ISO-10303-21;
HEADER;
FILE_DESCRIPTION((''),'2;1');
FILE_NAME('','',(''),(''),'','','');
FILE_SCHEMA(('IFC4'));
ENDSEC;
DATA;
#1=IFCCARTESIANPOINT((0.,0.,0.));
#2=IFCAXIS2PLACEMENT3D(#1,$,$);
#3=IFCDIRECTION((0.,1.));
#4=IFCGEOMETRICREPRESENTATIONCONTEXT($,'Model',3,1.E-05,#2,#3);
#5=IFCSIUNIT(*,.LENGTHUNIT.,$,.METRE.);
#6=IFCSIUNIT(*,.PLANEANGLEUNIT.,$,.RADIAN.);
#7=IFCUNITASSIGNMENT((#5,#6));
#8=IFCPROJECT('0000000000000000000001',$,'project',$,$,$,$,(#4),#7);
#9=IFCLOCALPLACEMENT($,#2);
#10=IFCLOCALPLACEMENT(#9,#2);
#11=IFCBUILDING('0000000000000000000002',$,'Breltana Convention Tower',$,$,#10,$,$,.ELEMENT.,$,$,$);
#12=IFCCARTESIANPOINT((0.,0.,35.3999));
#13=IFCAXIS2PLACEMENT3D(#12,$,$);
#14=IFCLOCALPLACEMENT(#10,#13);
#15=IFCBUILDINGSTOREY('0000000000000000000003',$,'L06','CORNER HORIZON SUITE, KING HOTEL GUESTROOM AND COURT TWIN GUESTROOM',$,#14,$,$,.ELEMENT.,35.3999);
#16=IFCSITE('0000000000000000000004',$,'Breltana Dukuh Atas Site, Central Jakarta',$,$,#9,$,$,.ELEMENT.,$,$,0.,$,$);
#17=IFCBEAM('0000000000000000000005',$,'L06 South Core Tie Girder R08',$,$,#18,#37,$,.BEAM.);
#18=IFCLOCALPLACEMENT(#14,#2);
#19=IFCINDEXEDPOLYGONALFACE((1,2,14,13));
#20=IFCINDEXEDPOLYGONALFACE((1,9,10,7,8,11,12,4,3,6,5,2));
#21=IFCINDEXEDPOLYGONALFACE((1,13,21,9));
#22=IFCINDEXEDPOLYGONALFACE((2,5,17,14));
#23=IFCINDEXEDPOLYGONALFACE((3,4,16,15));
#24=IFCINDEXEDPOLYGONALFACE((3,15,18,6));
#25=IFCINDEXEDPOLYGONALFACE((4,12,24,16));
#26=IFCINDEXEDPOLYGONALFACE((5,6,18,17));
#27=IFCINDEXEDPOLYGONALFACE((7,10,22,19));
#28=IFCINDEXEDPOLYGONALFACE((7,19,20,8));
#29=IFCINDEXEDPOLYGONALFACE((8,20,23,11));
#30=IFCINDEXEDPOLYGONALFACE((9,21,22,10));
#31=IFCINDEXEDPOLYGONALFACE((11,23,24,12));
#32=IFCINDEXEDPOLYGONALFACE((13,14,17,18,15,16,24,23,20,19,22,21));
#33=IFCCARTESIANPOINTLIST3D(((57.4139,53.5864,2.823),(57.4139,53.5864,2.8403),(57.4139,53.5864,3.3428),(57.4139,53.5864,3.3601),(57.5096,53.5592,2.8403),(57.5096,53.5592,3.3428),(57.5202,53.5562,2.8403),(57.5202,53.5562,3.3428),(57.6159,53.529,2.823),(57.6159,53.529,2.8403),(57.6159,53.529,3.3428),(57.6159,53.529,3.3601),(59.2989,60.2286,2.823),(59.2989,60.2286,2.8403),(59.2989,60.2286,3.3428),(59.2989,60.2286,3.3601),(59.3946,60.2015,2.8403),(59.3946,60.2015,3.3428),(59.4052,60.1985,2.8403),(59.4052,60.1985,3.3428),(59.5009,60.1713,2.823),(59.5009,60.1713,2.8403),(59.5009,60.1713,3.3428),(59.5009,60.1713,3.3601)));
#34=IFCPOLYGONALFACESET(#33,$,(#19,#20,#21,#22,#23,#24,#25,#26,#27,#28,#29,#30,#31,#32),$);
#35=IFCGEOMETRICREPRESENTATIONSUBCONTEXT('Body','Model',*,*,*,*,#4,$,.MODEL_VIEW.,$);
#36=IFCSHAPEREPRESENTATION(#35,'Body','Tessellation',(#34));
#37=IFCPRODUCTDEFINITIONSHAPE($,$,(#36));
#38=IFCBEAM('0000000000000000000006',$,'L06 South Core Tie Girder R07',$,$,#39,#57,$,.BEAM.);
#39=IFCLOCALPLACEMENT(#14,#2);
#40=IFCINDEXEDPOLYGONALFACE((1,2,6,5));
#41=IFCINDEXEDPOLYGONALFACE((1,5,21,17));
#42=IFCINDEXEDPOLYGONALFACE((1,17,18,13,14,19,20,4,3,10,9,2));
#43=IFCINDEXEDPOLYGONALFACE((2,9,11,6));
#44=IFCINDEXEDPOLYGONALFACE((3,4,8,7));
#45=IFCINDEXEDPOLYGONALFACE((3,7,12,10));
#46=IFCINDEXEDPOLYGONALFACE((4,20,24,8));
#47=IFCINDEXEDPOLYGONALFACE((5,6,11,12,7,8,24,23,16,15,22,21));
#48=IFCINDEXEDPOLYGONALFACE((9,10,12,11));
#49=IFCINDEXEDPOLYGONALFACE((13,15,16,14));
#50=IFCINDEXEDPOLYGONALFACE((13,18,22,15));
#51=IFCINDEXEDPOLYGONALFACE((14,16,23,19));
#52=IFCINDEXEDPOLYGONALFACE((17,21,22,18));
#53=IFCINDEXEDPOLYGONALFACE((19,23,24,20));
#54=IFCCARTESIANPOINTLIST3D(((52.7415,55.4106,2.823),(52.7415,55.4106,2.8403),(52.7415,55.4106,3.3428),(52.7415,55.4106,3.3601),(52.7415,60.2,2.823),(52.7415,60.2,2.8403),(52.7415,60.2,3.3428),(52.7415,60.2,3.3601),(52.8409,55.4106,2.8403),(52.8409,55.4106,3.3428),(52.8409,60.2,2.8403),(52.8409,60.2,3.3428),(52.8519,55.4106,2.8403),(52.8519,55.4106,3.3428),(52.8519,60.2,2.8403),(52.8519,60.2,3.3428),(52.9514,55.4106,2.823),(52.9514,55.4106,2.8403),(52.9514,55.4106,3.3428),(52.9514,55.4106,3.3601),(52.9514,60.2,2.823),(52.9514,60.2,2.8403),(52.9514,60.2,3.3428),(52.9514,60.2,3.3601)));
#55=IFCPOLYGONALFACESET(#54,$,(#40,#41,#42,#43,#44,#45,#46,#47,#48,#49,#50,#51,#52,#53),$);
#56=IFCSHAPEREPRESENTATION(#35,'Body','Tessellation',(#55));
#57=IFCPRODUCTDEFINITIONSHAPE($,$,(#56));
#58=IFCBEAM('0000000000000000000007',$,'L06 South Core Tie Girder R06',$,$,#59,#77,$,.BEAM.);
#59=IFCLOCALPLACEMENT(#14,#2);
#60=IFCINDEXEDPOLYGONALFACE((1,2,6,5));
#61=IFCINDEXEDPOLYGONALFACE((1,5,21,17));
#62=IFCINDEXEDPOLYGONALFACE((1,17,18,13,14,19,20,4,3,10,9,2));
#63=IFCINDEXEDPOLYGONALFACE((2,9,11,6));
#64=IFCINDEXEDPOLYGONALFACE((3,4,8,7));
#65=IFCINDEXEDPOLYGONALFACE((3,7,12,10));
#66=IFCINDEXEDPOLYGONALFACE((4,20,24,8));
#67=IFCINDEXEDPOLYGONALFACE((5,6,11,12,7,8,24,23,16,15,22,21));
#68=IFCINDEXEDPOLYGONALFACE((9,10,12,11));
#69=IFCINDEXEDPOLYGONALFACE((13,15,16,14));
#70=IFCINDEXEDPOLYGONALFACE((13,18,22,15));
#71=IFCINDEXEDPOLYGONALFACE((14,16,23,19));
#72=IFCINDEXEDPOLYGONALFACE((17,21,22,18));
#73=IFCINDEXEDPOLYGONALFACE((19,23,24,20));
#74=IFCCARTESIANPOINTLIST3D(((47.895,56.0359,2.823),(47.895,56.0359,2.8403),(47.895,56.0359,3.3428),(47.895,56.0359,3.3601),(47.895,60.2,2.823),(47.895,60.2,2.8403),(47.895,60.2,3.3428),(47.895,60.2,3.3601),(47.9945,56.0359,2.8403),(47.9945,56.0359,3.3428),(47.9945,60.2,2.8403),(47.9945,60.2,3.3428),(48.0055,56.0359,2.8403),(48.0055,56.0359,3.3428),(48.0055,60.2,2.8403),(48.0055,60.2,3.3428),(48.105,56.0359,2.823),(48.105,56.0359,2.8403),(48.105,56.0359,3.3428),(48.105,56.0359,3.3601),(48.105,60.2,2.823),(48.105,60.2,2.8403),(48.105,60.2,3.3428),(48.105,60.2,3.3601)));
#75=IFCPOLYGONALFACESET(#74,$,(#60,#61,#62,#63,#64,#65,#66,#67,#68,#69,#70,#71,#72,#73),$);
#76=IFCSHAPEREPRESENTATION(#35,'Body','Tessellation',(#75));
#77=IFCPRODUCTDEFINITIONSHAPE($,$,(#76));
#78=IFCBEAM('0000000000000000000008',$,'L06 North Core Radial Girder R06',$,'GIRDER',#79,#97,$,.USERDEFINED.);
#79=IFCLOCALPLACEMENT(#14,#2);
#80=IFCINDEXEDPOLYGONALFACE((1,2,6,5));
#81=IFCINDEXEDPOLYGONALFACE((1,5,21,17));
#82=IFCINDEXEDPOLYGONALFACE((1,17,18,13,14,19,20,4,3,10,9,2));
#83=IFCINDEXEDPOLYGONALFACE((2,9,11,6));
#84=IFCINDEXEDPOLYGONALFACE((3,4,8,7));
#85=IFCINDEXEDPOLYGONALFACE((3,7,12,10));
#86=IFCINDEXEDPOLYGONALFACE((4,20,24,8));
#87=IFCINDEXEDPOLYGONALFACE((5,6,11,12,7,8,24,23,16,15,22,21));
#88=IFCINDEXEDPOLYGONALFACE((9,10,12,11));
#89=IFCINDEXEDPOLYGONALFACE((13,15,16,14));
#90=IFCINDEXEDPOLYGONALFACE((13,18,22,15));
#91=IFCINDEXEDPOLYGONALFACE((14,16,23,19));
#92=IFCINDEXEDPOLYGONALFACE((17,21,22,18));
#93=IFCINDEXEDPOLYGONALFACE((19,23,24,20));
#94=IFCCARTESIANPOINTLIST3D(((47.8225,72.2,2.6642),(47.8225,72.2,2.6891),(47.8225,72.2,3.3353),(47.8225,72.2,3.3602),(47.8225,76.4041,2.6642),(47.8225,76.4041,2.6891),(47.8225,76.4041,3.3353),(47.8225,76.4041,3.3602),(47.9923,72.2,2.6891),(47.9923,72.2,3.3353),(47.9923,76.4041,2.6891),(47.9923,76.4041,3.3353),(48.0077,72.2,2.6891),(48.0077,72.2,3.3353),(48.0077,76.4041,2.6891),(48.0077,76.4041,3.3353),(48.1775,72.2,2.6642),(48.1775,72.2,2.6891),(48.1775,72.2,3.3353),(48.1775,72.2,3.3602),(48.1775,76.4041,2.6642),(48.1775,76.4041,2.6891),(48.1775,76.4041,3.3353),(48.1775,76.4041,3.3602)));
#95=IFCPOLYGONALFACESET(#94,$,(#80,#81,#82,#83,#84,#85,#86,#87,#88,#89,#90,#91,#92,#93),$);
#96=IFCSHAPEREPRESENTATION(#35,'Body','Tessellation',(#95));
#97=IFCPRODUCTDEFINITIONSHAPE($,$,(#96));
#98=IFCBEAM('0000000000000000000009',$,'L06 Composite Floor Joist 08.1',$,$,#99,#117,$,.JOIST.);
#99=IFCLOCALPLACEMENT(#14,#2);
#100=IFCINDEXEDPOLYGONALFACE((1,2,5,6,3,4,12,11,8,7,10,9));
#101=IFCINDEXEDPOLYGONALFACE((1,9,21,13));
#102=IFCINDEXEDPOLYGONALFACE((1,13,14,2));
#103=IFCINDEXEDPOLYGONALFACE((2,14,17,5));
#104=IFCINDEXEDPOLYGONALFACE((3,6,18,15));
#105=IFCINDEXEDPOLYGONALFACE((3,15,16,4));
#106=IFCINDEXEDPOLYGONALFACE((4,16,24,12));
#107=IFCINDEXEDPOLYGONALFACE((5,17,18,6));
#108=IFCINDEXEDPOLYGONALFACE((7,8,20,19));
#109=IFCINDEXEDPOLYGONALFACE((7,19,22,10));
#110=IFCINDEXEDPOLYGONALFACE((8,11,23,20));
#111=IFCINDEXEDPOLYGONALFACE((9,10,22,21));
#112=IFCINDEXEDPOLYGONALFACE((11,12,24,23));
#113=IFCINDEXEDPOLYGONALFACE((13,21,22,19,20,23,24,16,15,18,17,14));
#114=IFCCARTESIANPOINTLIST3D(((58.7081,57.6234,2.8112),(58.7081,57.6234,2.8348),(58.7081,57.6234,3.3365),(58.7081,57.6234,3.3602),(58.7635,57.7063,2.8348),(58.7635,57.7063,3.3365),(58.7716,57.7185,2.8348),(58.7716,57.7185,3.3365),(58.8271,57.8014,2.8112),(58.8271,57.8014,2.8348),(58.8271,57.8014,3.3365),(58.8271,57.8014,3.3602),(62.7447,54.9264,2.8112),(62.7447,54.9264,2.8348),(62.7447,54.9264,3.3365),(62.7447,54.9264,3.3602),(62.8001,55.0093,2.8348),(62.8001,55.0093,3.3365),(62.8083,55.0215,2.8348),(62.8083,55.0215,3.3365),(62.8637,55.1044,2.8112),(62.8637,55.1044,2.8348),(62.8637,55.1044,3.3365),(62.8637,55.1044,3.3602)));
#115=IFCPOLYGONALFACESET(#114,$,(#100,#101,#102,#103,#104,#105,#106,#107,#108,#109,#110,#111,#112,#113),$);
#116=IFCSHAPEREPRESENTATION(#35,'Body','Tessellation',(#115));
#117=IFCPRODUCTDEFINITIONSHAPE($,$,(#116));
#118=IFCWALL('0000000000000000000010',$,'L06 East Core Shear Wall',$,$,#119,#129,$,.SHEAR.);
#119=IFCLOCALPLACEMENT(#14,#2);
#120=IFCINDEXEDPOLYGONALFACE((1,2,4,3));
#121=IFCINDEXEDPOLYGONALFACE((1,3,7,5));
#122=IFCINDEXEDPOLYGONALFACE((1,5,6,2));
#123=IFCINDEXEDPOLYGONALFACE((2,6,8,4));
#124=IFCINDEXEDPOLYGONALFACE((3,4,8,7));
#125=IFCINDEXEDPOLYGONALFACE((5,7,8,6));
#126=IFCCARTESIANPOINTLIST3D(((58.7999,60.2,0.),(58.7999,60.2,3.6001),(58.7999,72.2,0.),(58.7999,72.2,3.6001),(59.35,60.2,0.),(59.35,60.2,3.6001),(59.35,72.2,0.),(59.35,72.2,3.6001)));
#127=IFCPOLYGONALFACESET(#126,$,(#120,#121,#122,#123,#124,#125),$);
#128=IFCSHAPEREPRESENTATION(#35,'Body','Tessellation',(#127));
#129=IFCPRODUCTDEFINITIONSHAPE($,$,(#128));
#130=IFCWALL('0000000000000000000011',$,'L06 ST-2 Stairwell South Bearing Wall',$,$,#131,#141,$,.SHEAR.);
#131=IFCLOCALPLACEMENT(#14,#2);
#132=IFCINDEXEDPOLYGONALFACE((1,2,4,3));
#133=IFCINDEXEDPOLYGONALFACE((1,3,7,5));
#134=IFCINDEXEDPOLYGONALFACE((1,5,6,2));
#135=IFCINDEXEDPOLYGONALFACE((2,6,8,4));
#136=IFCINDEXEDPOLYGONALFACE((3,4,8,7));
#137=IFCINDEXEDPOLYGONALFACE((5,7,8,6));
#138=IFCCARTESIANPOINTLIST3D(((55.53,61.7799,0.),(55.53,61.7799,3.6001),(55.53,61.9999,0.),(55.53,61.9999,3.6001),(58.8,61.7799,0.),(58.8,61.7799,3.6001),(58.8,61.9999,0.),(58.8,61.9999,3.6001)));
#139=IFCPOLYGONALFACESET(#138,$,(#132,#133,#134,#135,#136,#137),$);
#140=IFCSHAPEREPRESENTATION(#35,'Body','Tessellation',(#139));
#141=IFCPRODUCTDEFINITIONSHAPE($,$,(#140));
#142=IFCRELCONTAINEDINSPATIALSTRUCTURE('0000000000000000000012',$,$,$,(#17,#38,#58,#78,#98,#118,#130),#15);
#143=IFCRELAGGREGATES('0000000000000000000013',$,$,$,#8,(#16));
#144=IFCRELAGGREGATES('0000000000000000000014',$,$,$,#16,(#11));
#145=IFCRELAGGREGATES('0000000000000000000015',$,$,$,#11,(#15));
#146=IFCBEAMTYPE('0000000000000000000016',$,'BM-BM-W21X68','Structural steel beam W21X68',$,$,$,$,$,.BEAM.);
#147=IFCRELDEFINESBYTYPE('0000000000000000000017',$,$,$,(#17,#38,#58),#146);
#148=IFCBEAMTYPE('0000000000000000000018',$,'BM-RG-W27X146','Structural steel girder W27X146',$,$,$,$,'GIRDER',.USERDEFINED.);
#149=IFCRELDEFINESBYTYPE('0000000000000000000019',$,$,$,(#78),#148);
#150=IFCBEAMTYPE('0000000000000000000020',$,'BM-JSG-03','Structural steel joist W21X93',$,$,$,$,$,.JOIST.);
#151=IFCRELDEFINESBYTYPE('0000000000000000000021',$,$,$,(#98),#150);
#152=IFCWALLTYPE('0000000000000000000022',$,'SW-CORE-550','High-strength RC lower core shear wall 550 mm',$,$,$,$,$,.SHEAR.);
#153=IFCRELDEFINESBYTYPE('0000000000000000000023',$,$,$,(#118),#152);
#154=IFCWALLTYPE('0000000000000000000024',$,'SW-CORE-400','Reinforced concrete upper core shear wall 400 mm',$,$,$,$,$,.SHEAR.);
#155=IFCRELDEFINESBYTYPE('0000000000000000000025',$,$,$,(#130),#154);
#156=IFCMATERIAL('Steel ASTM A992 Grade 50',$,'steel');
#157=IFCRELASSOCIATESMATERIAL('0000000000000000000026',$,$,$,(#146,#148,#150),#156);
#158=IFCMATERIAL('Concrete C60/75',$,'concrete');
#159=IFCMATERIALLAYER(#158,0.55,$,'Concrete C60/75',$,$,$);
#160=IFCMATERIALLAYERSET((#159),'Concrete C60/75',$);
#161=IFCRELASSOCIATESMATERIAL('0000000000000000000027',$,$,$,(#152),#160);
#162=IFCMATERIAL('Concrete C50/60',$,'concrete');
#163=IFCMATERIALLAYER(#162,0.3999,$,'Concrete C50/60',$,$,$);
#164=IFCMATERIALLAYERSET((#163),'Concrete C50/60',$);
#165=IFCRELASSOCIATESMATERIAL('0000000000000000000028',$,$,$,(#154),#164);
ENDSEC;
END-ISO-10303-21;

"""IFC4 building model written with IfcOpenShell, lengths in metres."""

from ifc_helpers import new_model, si_unit, direction, frame, frame_2d, origin, origin_2d, place, context, subcontext, project, spatial, rectangle, i_section, extrude, source, transform, mapped, material, layer, layer_set, material_profile, profile_set, type_object, type_shapes, element, save


model = new_model("IFC4")

# Units and contexts
model_context = context("Model", 3, precision=1e-05, world=origin(), true_north=direction((0.0, 1.0)))
body_context = subcontext(model_context, "Body", "Model", "MODEL_VIEW")
ifc_project = project(units=[si_unit("LENGTHUNIT", "METRE"), si_unit("PLANEANGLEUNIT", "RADIAN")], contexts=[model_context])

# Site, building, storey
site_placement = place(None, origin())
site = spatial("IfcSite", under=ifc_project, at=site_placement, Name="Breltana Dukuh Atas Site, Central Jakarta", CompositionType="ELEMENT", RefElevation=0.0)
building_placement = place(site_placement, origin())
building = spatial("IfcBuilding", under=site, at=building_placement, Name="Breltana Convention Tower", CompositionType="ELEMENT")
storey_placement = place(building_placement, frame((0.0, 0.0, 35.3999)))
storey = spatial("IfcBuildingStorey", under=building, at=storey_placement, Name="L06", Description="CORNER HORIZON SUITE, KING HOTEL GUESTROOM AND COURT TWIN GUESTROOM", CompositionType="ELEMENT", Elevation=35.3999)

# Beams
ifc_material_1 = material(Name="Steel ASTM A992 Grade 50", Category="steel")
ifc_material_profile_1 = material_profile(ifc_material_1, i_section(OverallWidth=0.21, OverallDepth=0.5371, WebThickness=0.011, FlangeThickness=0.0173, at=origin_2d()), Name="W21X68")
ifc_profile_set_1 = profile_set([ifc_material_profile_1], Name="Steel ASTM A992 Grade 50")
beam_type_1 = type_object("IfcBeamType", Name="BM-BM-W21X68", Description="Structural steel beam W21X68", PredefinedType="BEAM", material=ifc_profile_set_1)
shared_shape_1 = source(origin(), body_context, "Body", "SweptSolid", [
    extrude(i_section(OverallWidth=0.21, OverallDepth=0.5371, WebThickness=0.011, FlangeThickness=0.0173, at=origin_2d()), origin(), (0.0, 0.0, 1.0), 6.9045),
])
type_shapes(beam_type_1, [shared_shape_1])
beam_1_placement = place(storey_placement, frame((59.3999, 60.2, 3.0916), z_axis=(-0.273007, -0.962012, 0.0), x_axis=(0.962012, -0.273007, 0.0)))
element("IfcBeam", 1, at=beam_1_placement, inside=storey, type_object=beam_type_1, Name="L06 South Core Tie Girder R08", PredefinedType="BEAM", context=body_context, shape_type="MappedRepresentation", body=[
    mapped(shared_shape_1, transform((0.0, 0.0, 0.0), scale=1.0)),
])
shared_shape_2 = source(origin(), body_context, "Body", "SweptSolid", [
    extrude(i_section(OverallWidth=0.21, OverallDepth=0.5371, WebThickness=0.011, FlangeThickness=0.0173, at=origin_2d()), origin(), (0.0, 0.0, 1.0), 4.7893),
])
beam_2_placement = place(storey_placement, frame((52.8464, 60.2, 3.0916), z_axis=(0.0, -1.0, 0.0), x_axis=(1.0, 0.0, 0.0)))
element("IfcBeam", 2, at=beam_2_placement, inside=storey, type_object=beam_type_1, Name="L06 South Core Tie Girder R07", PredefinedType="BEAM", context=body_context, shape_type="MappedRepresentation", body=[
    mapped(shared_shape_2, transform((0.0, 0.0, 0.0), scale=1.0)),
])
shared_shape_3 = source(origin(), body_context, "Body", "SweptSolid", [
    extrude(i_section(OverallWidth=0.21, OverallDepth=0.5371, WebThickness=0.011, FlangeThickness=0.0173, at=origin_2d()), origin(), (0.0, 0.0, 1.0), 4.1641),
])
beam_3_placement = place(storey_placement, frame((48.0, 60.2, 3.0916), z_axis=(0.0, -1.0, 0.0), x_axis=(1.0, 0.0, 0.0)))
element("IfcBeam", 3, at=beam_3_placement, inside=storey, type_object=beam_type_1, Name="L06 South Core Tie Girder R06", PredefinedType="BEAM", context=body_context, shape_type="MappedRepresentation", body=[
    mapped(shared_shape_3, transform((0.0, 0.0, 0.0), scale=1.0)),
])
ifc_material_profile_2 = material_profile(ifc_material_1, i_section(OverallWidth=0.355, OverallDepth=0.696, WebThickness=0.0154, FlangeThickness=0.0249, at=origin_2d()), Name="W27X146")
ifc_profile_set_2 = profile_set([ifc_material_profile_2], Name="Steel ASTM A992 Grade 50")
beam_type_2 = type_object("IfcBeamType", Name="BM-RG-W27X146", Description="Structural steel girder W27X146", ElementType="GIRDER", PredefinedType="USERDEFINED", material=ifc_profile_set_2)
shared_shape_4 = source(origin(), body_context, "Body", "SweptSolid", [
    extrude(i_section(OverallWidth=0.355, OverallDepth=0.696, WebThickness=0.0154, FlangeThickness=0.0249, at=origin_2d()), origin(), (0.0, 0.0, 1.0), 4.2041),
])
beam_4_placement = place(storey_placement, frame((48.0, 72.2, 3.0122), z_axis=(0.0, 1.0, 0.0), x_axis=(-1.0, 0.0, 0.0)))
element("IfcBeam", 4, at=beam_4_placement, inside=storey, type_object=beam_type_2, Name="L06 North Core Radial Girder R06", ObjectType="GIRDER", PredefinedType="USERDEFINED", context=body_context, shape_type="MappedRepresentation", body=[
    mapped(shared_shape_4, transform((0.0, 0.0, 0.0), scale=1.0)),
])
ifc_material_profile_3 = material_profile(ifc_material_1, i_section(OverallWidth=0.2141, OverallDepth=0.5491, WebThickness=0.0146, FlangeThickness=0.0237, at=origin_2d()), Name="W21X93")
ifc_profile_set_3 = profile_set([ifc_material_profile_3], Name="Steel ASTM A992 Grade 50")
beam_type_3 = type_object("IfcBeamType", Name="BM-JSG-03", Description="Structural steel joist W21X93", PredefinedType="JOIST", material=ifc_profile_set_3)
shared_shape_5 = source(origin(), body_context, "Body", "SweptSolid", [
    extrude(i_section(OverallWidth=0.2141, OverallDepth=0.5491, WebThickness=0.0146, FlangeThickness=0.0237, at=origin_2d()), origin(), (0.0, 0.0, 1.0), 4.8547),
])
beam_5_placement = place(storey_placement, frame((58.7676, 57.7124, 3.0857), z_axis=(0.831485, -0.555547, 0.0), x_axis=(0.555547, 0.831485, 0.0)))
element("IfcBeam", 5, at=beam_5_placement, inside=storey, type_object=beam_type_3, Name="L06 Composite Floor Joist 08.1", PredefinedType="JOIST", context=body_context, shape_type="MappedRepresentation", body=[
    mapped(shared_shape_5, transform((0.0, 0.0, 0.0), scale=1.0)),
])

# Walls
ifc_material_2 = material(Name="Concrete C60/75", Category="concrete")
ifc_layer_1 = layer(ifc_material_2, 0.55, Name="Concrete C60/75")
ifc_layer_set_1 = layer_set([ifc_layer_1], Name="Concrete C60/75")
wall_type_1 = type_object("IfcWallType", Name="SW-CORE-550", Description="High-strength RC lower core shear wall 550 mm", PredefinedType="SHEAR", material=ifc_layer_set_1)
shared_shape_6 = source(origin(), body_context, "Body", "SweptSolid", [
    extrude(rectangle(XDim=12.0, YDim=0.55, at=frame_2d((6.0, 0.0))), origin(), (0.0, 0.0, 1.0), 3.6001),
])
wall_1_placement = place(storey_placement, frame((59.075, 60.2, 0.0), z_axis=(0.0, 0.0, 1.0), x_axis=(0.0, 1.0, 0.0)))
element("IfcWall", 6, at=wall_1_placement, inside=storey, type_object=wall_type_1, Name="L06 East Core Shear Wall", PredefinedType="SHEAR", context=body_context, shape_type="MappedRepresentation", body=[
    mapped(shared_shape_6, transform((0.0, 0.0, 0.0), scale=1.0)),
])
ifc_material_3 = material(Name="Concrete C50/60", Category="concrete")
ifc_layer_2 = layer(ifc_material_3, 0.3999, Name="Concrete C50/60")
ifc_layer_set_2 = layer_set([ifc_layer_2], Name="Concrete C50/60")
wall_type_2 = type_object("IfcWallType", Name="SW-CORE-400", Description="Reinforced concrete upper core shear wall 400 mm", PredefinedType="SHEAR", material=ifc_layer_set_2)
shared_shape_7 = source(origin(), body_context, "Body", "SweptSolid", [
    extrude(rectangle(XDim=3.27, YDim=0.22, at=frame_2d((1.635, 0.0))), origin(), (0.0, 0.0, 1.0), 3.6001),
])
wall_2_placement = place(storey_placement, frame((55.53, 61.8899, 0.0), z_axis=(0.0, 0.0, 1.0), x_axis=(1.0, 0.0, 0.0)))
element("IfcWall", 7, at=wall_2_placement, inside=storey, type_object=wall_type_2, Name="L06 ST-2 Stairwell South Bearing Wall", PredefinedType="SHEAR", context=body_context, shape_type="MappedRepresentation", body=[
    mapped(shared_shape_7, transform((0.0, 0.0, 0.0), scale=1.0)),
])

save(model, "model.ifc")
